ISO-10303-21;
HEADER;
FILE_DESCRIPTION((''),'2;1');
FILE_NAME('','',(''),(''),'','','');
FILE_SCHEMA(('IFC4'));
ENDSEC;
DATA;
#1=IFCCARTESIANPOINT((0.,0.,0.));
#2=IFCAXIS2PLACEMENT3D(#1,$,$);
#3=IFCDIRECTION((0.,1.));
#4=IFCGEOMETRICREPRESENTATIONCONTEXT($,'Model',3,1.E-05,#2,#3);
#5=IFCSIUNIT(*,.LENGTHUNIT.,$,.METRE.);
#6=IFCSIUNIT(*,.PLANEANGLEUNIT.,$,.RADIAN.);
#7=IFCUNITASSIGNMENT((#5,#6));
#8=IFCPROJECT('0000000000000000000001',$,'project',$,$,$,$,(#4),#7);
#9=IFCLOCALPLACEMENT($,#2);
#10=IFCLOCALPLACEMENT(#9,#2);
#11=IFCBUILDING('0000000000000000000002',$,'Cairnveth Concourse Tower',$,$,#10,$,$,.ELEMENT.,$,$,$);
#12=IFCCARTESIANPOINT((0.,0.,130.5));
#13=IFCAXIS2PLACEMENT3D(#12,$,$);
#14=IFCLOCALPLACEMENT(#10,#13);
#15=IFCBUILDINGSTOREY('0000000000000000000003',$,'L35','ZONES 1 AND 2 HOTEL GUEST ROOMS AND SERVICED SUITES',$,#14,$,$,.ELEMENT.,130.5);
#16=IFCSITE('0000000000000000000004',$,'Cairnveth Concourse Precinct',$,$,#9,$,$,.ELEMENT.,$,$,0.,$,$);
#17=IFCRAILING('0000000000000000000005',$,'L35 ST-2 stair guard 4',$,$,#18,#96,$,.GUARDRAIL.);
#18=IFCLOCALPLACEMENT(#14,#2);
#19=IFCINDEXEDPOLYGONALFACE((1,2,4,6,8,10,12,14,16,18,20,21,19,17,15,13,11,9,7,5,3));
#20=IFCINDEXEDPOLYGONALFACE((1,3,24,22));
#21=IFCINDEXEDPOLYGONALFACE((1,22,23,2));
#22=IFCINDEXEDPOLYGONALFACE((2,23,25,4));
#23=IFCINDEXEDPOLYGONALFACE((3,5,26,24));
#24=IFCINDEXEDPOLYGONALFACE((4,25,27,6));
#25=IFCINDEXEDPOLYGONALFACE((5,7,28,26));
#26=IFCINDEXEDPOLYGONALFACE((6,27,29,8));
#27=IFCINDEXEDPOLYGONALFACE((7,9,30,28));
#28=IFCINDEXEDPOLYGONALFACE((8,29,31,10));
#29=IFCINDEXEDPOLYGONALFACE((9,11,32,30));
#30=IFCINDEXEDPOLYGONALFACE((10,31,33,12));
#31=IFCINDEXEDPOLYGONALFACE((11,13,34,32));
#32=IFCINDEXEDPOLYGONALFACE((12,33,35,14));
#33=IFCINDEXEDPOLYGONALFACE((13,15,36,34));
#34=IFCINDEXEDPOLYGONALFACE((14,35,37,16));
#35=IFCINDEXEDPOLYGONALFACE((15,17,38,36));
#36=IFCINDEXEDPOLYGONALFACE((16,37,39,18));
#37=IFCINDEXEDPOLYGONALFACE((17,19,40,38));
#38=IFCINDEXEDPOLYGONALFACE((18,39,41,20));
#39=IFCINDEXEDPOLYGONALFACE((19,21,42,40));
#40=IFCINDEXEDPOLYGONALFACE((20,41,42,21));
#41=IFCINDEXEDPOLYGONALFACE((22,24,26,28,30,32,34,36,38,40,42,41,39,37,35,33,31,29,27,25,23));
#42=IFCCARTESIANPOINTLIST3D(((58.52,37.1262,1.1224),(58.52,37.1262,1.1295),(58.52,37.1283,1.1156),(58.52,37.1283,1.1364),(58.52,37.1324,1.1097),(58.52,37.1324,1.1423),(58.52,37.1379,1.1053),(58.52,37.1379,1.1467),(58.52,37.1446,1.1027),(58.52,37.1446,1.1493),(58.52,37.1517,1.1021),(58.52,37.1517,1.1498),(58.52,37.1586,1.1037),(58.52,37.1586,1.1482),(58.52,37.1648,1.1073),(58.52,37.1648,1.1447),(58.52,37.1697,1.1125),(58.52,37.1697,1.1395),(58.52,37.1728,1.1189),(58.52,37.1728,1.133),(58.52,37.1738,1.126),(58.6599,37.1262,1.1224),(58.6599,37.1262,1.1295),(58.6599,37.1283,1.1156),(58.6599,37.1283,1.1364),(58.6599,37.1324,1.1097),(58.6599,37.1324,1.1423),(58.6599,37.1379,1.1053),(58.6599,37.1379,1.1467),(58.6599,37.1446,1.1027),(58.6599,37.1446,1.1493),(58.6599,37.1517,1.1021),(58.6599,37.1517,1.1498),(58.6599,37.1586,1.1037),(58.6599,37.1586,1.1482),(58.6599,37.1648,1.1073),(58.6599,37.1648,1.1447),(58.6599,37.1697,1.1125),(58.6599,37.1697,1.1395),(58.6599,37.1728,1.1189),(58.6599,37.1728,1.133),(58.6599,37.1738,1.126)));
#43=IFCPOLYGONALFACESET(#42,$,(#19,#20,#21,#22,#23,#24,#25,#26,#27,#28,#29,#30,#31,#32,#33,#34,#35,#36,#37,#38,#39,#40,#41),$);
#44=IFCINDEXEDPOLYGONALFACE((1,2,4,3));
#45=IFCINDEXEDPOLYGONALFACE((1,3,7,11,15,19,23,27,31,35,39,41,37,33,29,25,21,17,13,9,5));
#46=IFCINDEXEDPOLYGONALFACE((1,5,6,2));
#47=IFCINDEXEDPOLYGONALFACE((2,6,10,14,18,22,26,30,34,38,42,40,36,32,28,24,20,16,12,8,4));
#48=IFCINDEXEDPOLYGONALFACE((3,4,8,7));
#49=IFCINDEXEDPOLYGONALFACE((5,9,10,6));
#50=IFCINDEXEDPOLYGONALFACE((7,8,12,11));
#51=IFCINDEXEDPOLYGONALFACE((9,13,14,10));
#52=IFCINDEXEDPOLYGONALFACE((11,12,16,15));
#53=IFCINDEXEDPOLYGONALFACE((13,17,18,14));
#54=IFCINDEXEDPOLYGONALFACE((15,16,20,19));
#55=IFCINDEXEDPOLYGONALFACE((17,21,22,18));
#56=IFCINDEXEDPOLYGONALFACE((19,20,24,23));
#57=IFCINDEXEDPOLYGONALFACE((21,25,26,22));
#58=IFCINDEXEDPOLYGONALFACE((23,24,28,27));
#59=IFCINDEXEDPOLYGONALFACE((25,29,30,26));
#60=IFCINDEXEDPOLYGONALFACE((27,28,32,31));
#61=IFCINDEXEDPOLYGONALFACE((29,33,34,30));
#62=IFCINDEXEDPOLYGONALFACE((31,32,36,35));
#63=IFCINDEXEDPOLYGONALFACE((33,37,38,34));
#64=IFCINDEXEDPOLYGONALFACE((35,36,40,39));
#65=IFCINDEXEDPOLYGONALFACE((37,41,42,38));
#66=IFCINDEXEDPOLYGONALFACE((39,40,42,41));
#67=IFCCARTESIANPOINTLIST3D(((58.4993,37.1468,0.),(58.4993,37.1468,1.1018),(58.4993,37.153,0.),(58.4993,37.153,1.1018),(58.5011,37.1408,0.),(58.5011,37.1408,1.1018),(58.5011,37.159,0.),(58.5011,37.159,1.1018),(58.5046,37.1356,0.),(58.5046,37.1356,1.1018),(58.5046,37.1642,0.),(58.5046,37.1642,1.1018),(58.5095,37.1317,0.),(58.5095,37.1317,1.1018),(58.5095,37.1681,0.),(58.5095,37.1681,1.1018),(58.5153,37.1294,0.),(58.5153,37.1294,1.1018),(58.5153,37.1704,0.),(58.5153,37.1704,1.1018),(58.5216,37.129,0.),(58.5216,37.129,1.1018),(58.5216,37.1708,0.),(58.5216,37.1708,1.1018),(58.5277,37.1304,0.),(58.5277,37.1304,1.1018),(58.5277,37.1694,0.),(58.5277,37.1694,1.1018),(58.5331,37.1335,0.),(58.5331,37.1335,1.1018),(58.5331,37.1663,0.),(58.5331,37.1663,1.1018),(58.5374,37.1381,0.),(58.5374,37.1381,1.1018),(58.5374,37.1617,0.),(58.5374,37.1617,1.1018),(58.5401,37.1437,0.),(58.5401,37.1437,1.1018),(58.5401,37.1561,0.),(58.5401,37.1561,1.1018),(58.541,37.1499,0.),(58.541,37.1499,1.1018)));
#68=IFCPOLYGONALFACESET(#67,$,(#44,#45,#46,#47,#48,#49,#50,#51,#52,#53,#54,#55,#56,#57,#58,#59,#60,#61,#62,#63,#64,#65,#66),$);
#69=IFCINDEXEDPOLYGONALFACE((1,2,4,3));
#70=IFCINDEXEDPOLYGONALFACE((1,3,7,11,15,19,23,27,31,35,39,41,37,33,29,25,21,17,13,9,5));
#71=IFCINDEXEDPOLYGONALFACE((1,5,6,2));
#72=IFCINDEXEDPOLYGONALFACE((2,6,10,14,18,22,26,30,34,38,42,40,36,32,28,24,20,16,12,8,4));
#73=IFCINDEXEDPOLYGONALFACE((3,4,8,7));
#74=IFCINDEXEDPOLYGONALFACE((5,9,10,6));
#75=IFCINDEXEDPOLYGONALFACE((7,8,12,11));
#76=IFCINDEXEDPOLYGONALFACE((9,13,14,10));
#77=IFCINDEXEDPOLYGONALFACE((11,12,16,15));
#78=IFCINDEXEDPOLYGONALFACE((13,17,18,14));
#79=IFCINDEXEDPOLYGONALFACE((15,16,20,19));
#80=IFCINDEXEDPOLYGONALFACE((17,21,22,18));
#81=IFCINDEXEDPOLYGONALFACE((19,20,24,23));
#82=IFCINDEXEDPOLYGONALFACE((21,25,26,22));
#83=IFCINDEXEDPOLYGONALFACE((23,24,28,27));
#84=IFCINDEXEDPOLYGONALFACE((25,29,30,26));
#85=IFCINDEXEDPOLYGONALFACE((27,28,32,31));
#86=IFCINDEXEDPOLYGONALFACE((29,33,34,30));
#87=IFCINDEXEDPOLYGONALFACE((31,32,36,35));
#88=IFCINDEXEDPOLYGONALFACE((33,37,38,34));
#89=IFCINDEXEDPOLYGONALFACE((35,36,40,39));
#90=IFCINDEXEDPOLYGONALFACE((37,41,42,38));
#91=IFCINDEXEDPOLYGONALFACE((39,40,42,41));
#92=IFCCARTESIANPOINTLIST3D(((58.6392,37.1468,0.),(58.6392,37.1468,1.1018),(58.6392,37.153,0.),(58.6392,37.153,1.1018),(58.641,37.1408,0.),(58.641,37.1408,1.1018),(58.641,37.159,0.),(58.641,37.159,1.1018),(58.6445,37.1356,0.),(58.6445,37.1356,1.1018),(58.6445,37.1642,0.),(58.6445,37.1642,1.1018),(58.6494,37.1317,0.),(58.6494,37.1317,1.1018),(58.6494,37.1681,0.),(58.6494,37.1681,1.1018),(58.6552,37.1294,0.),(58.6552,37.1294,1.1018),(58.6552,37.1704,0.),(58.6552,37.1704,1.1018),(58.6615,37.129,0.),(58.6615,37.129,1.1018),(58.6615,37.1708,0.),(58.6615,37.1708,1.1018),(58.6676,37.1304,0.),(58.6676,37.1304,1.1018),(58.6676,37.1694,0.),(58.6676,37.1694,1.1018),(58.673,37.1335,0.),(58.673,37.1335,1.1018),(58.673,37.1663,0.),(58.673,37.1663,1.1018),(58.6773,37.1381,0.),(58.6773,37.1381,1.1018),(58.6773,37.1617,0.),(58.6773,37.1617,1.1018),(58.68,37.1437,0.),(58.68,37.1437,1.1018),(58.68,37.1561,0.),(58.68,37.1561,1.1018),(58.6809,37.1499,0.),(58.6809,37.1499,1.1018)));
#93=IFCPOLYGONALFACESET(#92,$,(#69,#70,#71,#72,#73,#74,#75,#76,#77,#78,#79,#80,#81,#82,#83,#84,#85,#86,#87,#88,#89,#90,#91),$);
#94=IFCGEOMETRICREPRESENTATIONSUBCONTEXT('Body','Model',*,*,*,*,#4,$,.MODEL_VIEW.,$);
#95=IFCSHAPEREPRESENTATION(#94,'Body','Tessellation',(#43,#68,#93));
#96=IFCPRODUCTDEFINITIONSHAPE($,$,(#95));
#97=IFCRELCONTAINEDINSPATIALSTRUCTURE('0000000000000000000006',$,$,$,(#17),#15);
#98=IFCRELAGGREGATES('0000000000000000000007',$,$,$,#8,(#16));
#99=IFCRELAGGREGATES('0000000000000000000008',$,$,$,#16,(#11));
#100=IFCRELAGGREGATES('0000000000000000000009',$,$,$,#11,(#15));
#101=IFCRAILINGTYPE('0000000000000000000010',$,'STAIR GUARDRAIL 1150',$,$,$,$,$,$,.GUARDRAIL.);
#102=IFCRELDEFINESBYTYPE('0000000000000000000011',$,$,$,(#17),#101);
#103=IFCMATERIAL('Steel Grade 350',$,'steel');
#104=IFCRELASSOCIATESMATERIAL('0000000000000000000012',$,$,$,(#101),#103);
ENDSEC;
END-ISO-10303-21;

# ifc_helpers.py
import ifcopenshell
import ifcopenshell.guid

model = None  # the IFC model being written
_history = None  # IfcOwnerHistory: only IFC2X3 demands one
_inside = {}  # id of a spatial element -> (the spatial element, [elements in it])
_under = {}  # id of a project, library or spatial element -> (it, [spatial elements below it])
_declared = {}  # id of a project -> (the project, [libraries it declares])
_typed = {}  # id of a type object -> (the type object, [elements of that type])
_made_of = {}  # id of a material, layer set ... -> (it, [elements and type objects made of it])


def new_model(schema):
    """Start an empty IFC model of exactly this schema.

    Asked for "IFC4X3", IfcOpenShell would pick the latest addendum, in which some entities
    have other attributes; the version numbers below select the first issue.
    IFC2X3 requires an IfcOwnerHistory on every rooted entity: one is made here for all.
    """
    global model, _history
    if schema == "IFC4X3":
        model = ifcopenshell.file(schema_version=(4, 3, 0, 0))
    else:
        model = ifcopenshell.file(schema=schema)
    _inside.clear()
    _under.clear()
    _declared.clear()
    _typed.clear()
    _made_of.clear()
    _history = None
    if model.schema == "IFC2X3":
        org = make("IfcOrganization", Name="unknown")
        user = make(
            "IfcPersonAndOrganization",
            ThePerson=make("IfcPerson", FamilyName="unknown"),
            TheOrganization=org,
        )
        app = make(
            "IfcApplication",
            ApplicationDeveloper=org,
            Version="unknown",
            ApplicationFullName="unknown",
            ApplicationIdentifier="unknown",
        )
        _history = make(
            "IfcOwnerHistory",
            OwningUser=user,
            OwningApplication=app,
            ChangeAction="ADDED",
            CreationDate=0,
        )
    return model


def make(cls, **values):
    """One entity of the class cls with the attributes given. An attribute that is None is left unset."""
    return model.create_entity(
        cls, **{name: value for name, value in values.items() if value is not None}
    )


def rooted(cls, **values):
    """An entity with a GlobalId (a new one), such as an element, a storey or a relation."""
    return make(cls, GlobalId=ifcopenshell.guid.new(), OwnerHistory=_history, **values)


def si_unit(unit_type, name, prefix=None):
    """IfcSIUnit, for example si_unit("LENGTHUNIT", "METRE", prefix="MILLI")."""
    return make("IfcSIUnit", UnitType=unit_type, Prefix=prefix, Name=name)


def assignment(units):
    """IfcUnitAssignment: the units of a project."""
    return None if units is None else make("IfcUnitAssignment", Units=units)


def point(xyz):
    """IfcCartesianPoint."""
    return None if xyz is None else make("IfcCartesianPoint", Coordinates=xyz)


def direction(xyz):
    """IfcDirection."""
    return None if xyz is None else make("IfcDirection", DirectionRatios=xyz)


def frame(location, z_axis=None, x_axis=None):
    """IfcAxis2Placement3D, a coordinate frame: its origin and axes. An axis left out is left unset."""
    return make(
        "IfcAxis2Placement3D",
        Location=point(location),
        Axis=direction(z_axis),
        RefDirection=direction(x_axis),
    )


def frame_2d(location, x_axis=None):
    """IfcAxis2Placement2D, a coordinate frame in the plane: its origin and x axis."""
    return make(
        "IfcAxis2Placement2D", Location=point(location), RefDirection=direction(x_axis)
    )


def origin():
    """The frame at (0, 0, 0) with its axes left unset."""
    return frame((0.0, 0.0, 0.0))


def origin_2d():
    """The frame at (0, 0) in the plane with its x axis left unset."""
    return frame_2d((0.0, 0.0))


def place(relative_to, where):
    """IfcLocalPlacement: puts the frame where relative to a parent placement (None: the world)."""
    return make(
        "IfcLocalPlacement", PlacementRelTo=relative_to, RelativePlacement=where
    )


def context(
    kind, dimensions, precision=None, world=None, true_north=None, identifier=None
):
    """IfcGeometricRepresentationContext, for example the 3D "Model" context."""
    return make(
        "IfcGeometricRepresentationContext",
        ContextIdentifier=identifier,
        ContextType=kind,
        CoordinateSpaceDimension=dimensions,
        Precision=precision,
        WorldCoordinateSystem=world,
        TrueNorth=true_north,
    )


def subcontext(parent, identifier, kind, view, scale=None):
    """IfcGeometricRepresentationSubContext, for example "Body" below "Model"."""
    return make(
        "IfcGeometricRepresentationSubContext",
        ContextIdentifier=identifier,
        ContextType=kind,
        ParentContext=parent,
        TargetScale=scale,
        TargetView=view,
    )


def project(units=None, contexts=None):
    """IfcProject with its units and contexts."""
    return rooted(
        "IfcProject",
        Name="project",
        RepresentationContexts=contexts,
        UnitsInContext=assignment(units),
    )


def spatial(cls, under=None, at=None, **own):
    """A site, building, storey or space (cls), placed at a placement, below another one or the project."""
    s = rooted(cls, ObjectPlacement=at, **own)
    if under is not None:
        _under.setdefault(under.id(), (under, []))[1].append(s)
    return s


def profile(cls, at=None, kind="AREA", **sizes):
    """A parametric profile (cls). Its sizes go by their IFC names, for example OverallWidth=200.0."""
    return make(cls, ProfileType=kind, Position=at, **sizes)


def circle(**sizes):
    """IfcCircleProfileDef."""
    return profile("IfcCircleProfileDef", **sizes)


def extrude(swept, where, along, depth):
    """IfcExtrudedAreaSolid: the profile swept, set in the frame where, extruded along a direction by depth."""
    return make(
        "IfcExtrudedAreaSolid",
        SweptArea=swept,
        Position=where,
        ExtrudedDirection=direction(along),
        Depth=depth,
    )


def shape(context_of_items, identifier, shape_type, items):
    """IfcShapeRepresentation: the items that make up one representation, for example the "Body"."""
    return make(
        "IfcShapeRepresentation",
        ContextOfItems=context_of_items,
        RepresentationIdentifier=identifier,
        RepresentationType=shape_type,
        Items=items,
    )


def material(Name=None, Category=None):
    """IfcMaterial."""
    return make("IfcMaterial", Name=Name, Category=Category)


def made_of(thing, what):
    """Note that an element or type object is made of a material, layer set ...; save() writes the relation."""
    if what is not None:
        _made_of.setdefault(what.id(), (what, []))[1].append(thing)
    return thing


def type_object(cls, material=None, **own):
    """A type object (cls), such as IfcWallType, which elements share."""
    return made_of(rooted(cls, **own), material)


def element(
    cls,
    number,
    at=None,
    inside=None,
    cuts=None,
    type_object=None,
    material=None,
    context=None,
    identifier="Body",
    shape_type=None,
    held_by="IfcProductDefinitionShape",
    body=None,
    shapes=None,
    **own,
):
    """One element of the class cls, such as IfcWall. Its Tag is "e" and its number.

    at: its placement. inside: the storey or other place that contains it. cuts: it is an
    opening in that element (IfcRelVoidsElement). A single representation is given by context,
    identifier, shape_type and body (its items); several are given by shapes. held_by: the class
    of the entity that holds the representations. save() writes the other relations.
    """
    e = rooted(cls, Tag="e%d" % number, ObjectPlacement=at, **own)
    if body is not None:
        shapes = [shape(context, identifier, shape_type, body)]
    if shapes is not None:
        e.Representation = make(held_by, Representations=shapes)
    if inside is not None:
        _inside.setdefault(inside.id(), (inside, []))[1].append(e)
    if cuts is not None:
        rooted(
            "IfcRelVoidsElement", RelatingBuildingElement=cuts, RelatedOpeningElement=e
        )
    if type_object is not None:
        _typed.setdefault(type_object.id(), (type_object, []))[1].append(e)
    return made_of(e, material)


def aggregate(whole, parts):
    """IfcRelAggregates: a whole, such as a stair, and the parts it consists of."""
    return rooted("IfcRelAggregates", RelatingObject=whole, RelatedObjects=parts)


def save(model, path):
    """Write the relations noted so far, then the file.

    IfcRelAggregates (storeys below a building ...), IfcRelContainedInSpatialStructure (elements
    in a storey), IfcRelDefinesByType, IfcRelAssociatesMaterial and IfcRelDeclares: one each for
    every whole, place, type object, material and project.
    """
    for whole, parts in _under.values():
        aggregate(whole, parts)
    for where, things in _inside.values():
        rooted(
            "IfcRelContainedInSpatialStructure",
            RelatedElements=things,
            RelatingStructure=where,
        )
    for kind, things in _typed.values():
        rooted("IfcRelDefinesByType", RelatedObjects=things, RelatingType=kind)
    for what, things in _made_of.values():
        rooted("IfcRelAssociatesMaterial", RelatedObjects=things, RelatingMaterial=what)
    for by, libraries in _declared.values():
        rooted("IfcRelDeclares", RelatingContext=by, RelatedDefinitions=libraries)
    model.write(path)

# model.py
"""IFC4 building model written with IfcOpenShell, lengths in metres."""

from ifc_helpers import new_model, si_unit, direction, frame, origin, origin_2d, place, context, subcontext, project, spatial, circle, extrude, material, type_object, element, save


model = new_model("IFC4")

# Units and contexts
model_context = context("Model", 3, precision=1e-05, world=origin(), true_north=direction((0.0, 1.0)))
body_context = subcontext(model_context, "Body", "Model", "MODEL_VIEW")
ifc_project = project(units=[si_unit("LENGTHUNIT", "METRE"), si_unit("PLANEANGLEUNIT", "RADIAN")], contexts=[model_context])

# Site, building, storey
site_placement = place(None, origin())
site = spatial("IfcSite", under=ifc_project, at=site_placement, Name="Cairnveth Concourse Precinct", CompositionType="ELEMENT", RefElevation=0.0)
building_placement = place(site_placement, origin())
building = spatial("IfcBuilding", under=site, at=building_placement, Name="Cairnveth Concourse Tower", CompositionType="ELEMENT")
storey_placement = place(building_placement, frame((0.0, 0.0, 130.5)))
storey = spatial("IfcBuildingStorey", under=building, at=storey_placement, Name="L35", Description="ZONES 1 AND 2 HOTEL GUEST ROOMS AND SERVICED SUITES", CompositionType="ELEMENT", Elevation=130.5)

# Shared definitions
ifc_material_1 = material(Name="Steel Grade 350", Category="steel")

# Railing
railing_type = type_object("IfcRailingType", Name="STAIR GUARDRAIL 1150", PredefinedType="GUARDRAIL", material=ifc_material_1)
railing_1_placement = place(storey_placement, frame((58.52, 37.1499, 0.0)))
element("IfcRailing", 1, at=railing_1_placement, inside=storey, type_object=railing_type, Name="L35 ST-2 stair guard 4", PredefinedType="GUARDRAIL", context=body_context, shape_type="SweptSolid", body=[
    extrude(circle(Radius=0.0239, at=origin_2d()), frame((0.0, 0.0, 1.126), z_axis=(1.0, 0.0, 0.0), x_axis=(0.0, 1.0, 0.0)), (0.0, 0.0, 1.0), 0.1399),
    extrude(circle(Radius=0.021, at=origin_2d()), origin(), (0.0, 0.0, 1.0), 1.1018),
    extrude(circle(Radius=0.021, at=origin_2d()), frame((0.1399, 0.0, 0.0)), (0.0, 0.0, 1.0), 1.1018),
])

save(model, "model.ifc")
